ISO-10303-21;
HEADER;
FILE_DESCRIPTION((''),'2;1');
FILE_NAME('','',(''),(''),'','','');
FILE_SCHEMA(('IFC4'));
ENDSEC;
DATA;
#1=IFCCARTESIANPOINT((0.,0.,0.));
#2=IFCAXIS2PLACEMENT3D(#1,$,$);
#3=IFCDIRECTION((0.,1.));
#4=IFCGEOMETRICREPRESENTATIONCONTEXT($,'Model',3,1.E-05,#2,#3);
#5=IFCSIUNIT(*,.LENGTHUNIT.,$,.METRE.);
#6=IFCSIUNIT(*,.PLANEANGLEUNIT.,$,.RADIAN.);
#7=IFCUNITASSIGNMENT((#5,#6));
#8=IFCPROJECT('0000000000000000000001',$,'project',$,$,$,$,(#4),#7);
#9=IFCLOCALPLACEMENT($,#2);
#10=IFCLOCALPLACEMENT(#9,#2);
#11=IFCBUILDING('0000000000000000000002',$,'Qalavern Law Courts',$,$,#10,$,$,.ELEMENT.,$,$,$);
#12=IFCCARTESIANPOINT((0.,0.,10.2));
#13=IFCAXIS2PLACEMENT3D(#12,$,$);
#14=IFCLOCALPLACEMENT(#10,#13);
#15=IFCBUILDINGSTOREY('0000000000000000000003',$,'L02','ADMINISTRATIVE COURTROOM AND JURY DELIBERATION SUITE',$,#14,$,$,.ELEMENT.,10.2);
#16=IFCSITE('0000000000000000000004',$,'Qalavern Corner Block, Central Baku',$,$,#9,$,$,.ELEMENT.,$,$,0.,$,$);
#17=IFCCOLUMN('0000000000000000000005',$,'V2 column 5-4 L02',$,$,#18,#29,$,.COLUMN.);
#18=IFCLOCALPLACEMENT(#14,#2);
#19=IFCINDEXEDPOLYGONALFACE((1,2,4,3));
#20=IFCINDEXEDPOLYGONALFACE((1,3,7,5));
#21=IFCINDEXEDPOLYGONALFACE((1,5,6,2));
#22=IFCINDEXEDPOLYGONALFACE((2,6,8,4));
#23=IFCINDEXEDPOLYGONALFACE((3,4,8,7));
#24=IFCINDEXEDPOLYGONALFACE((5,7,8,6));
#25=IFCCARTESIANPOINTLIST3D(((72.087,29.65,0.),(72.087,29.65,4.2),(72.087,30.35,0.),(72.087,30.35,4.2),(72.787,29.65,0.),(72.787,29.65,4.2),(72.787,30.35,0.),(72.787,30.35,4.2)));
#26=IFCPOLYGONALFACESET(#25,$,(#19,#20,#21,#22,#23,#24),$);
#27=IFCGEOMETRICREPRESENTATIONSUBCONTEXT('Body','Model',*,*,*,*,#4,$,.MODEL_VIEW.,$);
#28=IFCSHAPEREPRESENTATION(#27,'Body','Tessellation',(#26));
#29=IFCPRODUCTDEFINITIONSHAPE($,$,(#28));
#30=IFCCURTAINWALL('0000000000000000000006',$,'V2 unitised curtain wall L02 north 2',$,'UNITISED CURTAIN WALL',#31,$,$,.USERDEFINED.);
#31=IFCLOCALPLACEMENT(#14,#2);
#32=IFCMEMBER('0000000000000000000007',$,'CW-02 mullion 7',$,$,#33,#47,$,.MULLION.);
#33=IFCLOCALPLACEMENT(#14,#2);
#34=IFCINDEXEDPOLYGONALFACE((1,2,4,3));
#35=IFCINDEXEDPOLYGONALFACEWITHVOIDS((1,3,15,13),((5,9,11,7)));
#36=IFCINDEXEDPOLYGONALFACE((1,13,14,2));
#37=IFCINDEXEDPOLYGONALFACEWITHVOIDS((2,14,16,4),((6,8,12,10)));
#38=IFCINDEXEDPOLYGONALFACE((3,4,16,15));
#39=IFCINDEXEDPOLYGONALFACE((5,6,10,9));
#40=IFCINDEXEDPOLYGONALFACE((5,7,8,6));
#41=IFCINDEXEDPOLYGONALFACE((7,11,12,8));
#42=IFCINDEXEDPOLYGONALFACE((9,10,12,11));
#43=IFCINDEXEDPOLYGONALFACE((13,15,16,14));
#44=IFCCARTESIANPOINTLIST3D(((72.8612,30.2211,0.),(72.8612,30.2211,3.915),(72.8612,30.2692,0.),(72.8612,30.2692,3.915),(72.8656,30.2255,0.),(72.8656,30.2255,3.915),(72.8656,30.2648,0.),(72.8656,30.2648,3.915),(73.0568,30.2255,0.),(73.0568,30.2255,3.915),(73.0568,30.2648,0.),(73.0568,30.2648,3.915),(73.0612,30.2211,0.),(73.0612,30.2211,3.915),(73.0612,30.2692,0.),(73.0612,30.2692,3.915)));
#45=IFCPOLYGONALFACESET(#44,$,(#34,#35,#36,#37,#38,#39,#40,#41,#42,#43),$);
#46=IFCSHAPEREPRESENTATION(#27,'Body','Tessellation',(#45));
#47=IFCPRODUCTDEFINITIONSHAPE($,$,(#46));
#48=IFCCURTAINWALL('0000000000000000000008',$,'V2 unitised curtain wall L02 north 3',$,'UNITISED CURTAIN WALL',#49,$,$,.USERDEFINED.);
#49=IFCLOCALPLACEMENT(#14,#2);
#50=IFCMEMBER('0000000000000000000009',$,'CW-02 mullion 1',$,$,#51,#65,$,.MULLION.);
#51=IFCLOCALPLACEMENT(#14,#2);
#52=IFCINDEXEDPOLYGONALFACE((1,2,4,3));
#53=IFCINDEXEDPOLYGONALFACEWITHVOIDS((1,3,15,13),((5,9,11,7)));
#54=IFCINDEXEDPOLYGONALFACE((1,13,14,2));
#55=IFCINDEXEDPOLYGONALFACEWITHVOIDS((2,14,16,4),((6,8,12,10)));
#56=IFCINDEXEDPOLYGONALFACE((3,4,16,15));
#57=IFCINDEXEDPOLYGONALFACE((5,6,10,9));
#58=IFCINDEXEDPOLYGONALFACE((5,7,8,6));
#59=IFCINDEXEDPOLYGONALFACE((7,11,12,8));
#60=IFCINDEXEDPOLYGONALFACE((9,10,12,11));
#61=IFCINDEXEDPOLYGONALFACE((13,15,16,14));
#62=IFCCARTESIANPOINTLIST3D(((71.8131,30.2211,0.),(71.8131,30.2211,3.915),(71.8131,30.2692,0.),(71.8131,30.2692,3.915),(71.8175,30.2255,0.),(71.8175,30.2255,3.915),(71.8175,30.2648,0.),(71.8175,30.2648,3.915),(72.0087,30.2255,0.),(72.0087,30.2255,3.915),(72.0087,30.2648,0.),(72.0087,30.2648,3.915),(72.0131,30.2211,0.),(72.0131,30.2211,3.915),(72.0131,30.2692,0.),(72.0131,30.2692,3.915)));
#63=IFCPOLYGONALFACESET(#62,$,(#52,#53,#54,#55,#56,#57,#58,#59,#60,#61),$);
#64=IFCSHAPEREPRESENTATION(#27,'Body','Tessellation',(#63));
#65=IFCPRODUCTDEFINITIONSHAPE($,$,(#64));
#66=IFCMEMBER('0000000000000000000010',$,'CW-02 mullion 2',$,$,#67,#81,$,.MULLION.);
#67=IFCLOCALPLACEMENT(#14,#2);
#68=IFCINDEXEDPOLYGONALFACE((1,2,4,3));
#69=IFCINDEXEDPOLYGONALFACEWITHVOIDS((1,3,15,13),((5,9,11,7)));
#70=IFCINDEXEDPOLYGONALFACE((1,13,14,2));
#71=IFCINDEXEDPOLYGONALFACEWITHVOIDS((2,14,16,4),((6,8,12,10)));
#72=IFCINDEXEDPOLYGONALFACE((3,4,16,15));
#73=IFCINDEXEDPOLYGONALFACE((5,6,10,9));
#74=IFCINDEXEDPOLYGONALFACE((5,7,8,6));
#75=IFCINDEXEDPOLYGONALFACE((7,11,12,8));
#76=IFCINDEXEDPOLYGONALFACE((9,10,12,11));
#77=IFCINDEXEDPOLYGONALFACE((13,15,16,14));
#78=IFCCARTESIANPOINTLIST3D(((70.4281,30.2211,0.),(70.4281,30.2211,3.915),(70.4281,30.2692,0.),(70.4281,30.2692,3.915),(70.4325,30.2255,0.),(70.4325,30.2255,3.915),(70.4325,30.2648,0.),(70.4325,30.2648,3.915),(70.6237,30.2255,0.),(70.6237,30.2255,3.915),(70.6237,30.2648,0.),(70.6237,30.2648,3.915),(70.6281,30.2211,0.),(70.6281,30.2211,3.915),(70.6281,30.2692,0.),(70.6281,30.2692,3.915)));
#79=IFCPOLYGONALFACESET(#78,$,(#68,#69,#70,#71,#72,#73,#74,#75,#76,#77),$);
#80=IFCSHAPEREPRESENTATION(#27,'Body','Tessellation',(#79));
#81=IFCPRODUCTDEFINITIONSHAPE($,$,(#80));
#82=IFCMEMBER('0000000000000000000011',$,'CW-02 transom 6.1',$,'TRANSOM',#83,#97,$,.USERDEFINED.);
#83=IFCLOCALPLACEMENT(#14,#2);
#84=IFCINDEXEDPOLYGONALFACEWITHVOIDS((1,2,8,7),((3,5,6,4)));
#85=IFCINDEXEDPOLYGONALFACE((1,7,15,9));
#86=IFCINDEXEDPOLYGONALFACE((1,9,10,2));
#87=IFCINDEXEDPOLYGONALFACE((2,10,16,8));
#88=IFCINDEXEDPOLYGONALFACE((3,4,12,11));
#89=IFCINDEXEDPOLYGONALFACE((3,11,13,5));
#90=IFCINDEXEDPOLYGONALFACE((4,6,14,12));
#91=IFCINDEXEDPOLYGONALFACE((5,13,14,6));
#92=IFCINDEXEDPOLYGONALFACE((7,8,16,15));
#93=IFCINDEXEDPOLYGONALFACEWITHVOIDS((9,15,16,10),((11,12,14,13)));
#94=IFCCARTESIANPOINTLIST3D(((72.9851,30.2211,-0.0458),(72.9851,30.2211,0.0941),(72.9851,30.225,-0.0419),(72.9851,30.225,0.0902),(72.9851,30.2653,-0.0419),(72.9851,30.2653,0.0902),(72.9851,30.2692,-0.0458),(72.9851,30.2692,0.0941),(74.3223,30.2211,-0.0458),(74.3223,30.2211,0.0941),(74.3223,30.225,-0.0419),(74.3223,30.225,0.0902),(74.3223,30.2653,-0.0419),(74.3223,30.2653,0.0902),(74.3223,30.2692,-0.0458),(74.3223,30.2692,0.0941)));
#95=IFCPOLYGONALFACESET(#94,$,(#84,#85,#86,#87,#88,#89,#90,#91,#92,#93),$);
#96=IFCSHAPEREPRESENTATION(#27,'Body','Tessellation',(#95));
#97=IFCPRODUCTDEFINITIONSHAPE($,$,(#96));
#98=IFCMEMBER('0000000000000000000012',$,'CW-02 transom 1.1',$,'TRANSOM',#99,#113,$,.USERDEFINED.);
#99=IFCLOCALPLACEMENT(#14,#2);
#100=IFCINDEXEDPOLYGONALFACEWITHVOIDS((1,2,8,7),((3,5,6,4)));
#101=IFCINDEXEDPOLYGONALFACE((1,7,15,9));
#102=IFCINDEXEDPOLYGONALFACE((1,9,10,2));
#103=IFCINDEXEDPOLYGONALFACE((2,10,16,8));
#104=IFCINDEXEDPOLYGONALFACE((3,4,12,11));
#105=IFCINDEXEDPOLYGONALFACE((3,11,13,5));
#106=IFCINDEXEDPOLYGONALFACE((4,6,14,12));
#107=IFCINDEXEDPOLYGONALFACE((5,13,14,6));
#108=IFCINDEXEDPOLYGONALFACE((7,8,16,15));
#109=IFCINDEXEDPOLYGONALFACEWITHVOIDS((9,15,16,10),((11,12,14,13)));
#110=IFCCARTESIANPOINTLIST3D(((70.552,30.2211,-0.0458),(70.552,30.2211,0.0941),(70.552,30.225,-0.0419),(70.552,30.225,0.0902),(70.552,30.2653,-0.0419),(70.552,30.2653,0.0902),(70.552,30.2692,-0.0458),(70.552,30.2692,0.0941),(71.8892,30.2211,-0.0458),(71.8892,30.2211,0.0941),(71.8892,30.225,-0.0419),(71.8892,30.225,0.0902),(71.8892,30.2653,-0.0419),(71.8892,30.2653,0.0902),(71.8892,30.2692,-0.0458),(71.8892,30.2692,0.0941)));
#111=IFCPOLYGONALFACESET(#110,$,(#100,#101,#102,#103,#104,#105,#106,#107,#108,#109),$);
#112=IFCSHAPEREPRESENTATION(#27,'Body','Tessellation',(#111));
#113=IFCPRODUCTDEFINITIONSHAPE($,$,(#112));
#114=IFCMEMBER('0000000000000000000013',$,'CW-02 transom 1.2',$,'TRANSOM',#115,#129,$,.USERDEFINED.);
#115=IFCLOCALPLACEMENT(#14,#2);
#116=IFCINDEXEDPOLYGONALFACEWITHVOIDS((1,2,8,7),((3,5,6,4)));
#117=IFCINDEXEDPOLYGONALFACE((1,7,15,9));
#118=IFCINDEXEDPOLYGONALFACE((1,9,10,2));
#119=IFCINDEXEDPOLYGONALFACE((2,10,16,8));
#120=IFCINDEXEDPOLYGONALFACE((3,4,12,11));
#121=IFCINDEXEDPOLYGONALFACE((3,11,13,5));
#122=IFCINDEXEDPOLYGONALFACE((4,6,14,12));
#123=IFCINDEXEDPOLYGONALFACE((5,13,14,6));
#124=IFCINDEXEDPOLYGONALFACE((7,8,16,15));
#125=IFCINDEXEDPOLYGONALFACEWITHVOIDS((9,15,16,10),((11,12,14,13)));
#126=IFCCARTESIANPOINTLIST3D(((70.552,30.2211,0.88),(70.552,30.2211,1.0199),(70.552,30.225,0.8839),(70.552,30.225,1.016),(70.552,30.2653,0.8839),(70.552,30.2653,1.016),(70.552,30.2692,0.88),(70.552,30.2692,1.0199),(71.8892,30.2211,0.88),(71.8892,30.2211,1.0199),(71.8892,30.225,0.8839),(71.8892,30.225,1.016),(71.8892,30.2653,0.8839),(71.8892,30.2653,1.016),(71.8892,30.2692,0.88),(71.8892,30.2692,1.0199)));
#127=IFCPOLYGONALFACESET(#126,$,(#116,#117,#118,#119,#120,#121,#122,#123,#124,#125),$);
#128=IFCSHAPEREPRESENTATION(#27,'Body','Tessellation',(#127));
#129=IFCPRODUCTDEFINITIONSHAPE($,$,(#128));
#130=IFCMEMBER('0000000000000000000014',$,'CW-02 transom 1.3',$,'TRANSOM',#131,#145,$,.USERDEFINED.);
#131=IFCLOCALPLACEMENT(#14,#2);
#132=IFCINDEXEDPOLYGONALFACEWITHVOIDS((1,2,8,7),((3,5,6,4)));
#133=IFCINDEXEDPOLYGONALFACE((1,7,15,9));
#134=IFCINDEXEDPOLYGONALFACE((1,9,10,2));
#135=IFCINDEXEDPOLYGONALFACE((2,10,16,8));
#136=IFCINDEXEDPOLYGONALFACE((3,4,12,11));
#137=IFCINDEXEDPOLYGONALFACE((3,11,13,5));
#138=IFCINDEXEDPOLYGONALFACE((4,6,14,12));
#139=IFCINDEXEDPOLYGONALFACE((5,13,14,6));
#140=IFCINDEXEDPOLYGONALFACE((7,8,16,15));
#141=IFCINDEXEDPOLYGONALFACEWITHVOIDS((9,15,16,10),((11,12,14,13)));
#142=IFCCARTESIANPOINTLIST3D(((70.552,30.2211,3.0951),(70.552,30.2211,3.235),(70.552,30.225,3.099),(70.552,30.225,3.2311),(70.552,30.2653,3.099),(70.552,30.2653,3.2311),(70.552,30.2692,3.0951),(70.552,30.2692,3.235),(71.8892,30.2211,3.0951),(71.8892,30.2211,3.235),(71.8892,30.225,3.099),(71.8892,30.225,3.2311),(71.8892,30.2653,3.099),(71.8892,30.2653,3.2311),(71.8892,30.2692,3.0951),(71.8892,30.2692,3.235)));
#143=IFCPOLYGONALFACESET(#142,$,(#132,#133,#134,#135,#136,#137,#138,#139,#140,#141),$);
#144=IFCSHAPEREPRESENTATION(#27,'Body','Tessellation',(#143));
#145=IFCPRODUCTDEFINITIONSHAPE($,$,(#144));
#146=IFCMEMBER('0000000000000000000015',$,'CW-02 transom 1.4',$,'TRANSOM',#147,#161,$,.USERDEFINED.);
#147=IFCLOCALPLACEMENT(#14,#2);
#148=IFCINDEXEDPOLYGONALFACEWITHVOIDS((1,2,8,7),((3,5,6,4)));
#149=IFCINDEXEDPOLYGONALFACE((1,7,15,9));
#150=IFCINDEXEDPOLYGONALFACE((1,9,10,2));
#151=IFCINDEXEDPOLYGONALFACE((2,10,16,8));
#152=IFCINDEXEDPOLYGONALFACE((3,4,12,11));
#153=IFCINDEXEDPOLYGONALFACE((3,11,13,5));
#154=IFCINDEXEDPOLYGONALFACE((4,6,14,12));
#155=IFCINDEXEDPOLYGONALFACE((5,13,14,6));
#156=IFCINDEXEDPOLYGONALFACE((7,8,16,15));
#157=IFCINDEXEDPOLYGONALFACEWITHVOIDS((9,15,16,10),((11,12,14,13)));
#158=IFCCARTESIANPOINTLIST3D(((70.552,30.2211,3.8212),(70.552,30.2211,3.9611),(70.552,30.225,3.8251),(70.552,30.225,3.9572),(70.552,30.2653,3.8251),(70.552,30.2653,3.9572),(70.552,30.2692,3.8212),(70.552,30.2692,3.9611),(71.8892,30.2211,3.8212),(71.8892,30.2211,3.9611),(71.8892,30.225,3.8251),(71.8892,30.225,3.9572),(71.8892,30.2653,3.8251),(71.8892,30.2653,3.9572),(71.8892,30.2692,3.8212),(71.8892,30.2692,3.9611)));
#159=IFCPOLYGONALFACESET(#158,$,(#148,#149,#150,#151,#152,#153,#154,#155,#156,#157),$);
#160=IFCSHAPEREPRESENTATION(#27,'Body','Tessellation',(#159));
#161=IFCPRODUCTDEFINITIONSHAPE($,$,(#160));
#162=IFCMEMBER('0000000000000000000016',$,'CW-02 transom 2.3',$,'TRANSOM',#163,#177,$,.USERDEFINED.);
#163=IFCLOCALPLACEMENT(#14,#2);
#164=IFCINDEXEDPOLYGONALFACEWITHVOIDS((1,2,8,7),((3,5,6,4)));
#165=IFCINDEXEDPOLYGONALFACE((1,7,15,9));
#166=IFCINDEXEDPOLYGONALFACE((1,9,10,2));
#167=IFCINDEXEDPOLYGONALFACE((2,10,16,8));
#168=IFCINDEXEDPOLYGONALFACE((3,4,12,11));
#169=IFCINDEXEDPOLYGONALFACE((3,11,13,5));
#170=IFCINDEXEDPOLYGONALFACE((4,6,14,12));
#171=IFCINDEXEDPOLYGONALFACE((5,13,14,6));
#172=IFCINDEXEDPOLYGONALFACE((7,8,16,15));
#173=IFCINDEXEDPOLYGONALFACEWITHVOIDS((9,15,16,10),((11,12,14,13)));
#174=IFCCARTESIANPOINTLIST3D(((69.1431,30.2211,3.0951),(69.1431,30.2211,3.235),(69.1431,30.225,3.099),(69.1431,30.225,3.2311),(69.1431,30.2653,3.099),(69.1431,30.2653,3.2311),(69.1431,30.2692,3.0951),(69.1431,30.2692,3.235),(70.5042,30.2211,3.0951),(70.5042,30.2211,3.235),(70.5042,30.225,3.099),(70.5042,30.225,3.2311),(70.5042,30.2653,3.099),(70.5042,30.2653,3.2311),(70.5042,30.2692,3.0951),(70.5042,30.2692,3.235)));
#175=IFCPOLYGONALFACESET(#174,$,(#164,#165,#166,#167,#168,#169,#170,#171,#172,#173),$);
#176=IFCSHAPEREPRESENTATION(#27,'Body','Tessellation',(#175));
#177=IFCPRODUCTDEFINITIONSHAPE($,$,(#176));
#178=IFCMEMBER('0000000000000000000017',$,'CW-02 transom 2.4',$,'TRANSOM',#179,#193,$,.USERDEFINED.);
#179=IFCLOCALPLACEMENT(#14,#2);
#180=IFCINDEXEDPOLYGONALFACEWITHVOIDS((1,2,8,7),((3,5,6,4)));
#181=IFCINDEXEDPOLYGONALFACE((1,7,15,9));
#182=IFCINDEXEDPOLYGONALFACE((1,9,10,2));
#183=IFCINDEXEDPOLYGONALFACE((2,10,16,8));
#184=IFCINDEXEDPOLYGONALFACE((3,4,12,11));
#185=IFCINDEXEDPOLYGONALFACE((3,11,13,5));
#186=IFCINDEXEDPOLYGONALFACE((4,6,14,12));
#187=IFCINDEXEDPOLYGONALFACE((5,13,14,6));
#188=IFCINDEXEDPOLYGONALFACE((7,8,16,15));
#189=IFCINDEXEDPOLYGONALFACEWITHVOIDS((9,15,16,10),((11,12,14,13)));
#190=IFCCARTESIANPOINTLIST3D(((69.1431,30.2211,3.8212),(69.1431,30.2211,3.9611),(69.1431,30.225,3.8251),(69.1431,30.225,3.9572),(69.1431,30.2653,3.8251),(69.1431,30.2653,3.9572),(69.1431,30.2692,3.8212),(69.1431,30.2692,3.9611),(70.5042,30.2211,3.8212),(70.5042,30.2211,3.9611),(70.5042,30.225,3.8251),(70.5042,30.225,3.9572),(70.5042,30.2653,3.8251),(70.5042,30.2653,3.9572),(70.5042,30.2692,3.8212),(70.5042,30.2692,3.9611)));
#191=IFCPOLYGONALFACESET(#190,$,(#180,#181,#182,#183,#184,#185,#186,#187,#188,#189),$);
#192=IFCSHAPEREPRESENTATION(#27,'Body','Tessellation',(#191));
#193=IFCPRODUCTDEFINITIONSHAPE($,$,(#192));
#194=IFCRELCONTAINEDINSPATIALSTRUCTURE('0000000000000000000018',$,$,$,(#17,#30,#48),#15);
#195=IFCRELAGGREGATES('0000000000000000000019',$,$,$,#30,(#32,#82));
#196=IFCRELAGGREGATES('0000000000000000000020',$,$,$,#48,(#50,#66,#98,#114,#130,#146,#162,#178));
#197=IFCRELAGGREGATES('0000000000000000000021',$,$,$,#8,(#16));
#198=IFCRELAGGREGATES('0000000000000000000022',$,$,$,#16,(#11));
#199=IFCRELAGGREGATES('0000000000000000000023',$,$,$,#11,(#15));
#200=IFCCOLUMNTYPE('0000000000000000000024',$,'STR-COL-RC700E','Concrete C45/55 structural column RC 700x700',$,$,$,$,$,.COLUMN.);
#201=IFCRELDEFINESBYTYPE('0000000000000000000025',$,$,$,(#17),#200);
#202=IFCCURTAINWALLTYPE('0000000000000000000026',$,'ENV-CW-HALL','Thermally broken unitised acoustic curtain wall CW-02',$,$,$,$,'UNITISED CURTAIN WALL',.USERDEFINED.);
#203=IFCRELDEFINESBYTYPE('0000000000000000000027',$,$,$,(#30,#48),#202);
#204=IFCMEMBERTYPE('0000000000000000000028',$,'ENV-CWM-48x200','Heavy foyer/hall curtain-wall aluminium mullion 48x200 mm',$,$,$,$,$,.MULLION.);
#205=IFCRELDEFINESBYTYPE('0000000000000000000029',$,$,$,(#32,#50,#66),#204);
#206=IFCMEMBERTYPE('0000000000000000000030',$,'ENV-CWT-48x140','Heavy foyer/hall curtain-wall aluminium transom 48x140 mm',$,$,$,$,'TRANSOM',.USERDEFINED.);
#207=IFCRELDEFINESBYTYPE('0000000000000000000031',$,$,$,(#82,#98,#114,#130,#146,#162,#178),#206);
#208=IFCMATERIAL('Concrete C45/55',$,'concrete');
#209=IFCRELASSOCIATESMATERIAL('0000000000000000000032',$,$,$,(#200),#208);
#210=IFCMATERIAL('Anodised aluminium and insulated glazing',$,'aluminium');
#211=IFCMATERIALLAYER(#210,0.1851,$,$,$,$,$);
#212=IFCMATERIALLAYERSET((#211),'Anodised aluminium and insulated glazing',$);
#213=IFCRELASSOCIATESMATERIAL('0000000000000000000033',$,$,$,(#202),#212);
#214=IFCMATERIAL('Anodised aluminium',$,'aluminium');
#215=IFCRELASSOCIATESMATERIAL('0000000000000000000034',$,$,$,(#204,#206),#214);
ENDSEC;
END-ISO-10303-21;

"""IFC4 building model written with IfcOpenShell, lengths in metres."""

from ifc_helpers import new_model, si_unit, direction, frame, origin, origin_2d, place, context, subcontext, project, spatial, rectangle, hollow_rectangle, extrude, material, layer, layer_set, material_profile, profile_set, type_object, element, aggregate, save


model = new_model("IFC4")

# Units and contexts
model_context = context("Model", 3, precision=1e-05, world=origin(), true_north=direction((0.0, 1.0)))
body_context = subcontext(model_context, "Body", "Model", "MODEL_VIEW")
ifc_project = project(units=[si_unit("LENGTHUNIT", "METRE"), si_unit("PLANEANGLEUNIT", "RADIAN")], contexts=[model_context])

# Site, building, storey
site_placement = place(None, origin())
site = spatial("IfcSite", under=ifc_project, at=site_placement, Name="Qalavern Corner Block, Central Baku", CompositionType="ELEMENT", RefElevation=0.0)
building_placement = place(site_placement, origin())
building = spatial("IfcBuilding", under=site, at=building_placement, Name="Qalavern Law Courts", CompositionType="ELEMENT")
storey_placement = place(building_placement, frame((0.0, 0.0, 10.2)))
storey = spatial("IfcBuildingStorey", under=building, at=storey_placement, Name="L02", Description="ADMINISTRATIVE COURTROOM AND JURY DELIBERATION SUITE", CompositionType="ELEMENT", Elevation=10.2)

# Column
ifc_material_1 = material(Name="Concrete C45/55", Category="concrete")
ifc_material_profile_1 = material_profile(ifc_material_1, rectangle(XDim=0.7, YDim=0.7, at=origin_2d()), Name="RC 700x700")
ifc_profile_set_1 = profile_set([ifc_material_profile_1], Name="Concrete C45/55")
column_type = type_object("IfcColumnType", Name="STR-COL-RC700E", Description="Concrete C45/55 structural column RC 700x700", PredefinedType="COLUMN", material=ifc_profile_set_1)
column_placement = place(storey_placement, frame((72.437, 30.0, 0.0), z_axis=(0.0, 0.0, 1.0), x_axis=(1.0, 0.0, 0.0)))
element("IfcColumn", 1, at=column_placement, inside=storey, type_object=column_type, Name="V2 column 5-4 L02", PredefinedType="COLUMN", context=body_context, shape_type="SweptSolid", body=[
    extrude(rectangle(XDim=0.7, YDim=0.7, at=origin_2d()), origin(), (0.0, 0.0, 1.0), 4.2),
])

# Curtain wall, member
ifc_material_2 = material(Name="Anodised aluminium and insulated glazing", Category="aluminium")
ifc_layer_1 = layer(ifc_material_2, 0.1851)
ifc_layer_set_1 = layer_set([ifc_layer_1], Name="Anodised aluminium and insulated glazing")
curtain_wall_type = type_object("IfcCurtainWallType", Name="ENV-CW-HALL", Description="Thermally broken unitised acoustic curtain wall CW-02", ElementType="UNITISED CURTAIN WALL", PredefinedType="USERDEFINED", material=ifc_layer_set_1)
curtain_wall_1_placement = place(storey_placement, origin())
curtain_wall_1 = element("IfcCurtainWall", 2, at=curtain_wall_1_placement, inside=storey, type_object=curtain_wall_type, Name="V2 unitised curtain wall L02 north 2", ObjectType="UNITISED CURTAIN WALL", PredefinedType="USERDEFINED")
ifc_material_3 = material(Name="Anodised aluminium", Category="aluminium")
ifc_material_profile_2 = material_profile(ifc_material_3, hollow_rectangle(XDim=0.0481, YDim=0.2, WallThickness=0.0044, at=origin_2d()), Name="ALU MULLION 48x200")
ifc_profile_set_2 = profile_set([ifc_material_profile_2], Name="Anodised aluminium")
member_type_1 = type_object("IfcMemberType", Name="ENV-CWM-48x200", Description="Heavy foyer/hall curtain-wall aluminium mullion 48x200 mm", PredefinedType="MULLION", material=ifc_profile_set_2)
member_1_placement = place(storey_placement, frame((72.9612, 30.2451, 0.0), z_axis=(0.0, 0.0, 1.0), x_axis=(0.0, -1.0, 0.0)))
member_1 = element("IfcMember", 3, at=member_1_placement, type_object=member_type_1, Name="CW-02 mullion 7", PredefinedType="MULLION", context=body_context, shape_type="SweptSolid", body=[
    extrude(hollow_rectangle(XDim=0.0481, YDim=0.2, WallThickness=0.0044, at=origin_2d()), origin(), (0.0, 0.0, 1.0), 3.915),
])

# Curtain wall, members
curtain_wall_2_placement = place(storey_placement, origin())
curtain_wall_2 = element("IfcCurtainWall", 4, at=curtain_wall_2_placement, inside=storey, type_object=curtain_wall_type, Name="V2 unitised curtain wall L02 north 3", ObjectType="UNITISED CURTAIN WALL", PredefinedType="USERDEFINED")
member_2_placement = place(storey_placement, frame((71.9131, 30.2451, 0.0), z_axis=(0.0, 0.0, 1.0), x_axis=(0.0, -1.0, 0.0)))
member_2 = element("IfcMember", 5, at=member_2_placement, type_object=member_type_1, Name="CW-02 mullion 1", PredefinedType="MULLION", context=body_context, shape_type="SweptSolid", body=[
    extrude(hollow_rectangle(XDim=0.0481, YDim=0.2, WallThickness=0.0044, at=origin_2d()), origin(), (0.0, 0.0, 1.0), 3.915),
])
member_3_placement = place(storey_placement, frame((70.5281, 30.2451, 0.0), z_axis=(0.0, 0.0, 1.0), x_axis=(0.0, -1.0, 0.0)))
member_3 = element("IfcMember", 6, at=member_3_placement, type_object=member_type_1, Name="CW-02 mullion 2", PredefinedType="MULLION", context=body_context, shape_type="SweptSolid", body=[
    extrude(hollow_rectangle(XDim=0.0481, YDim=0.2, WallThickness=0.0044, at=origin_2d()), origin(), (0.0, 0.0, 1.0), 3.915),
])

# Members
ifc_material_profile_3 = material_profile(ifc_material_3, hollow_rectangle(XDim=0.0481, YDim=0.1399, WallThickness=0.0039, at=origin_2d()), Name="ALU TRANSOM 48x140")
ifc_profile_set_3 = profile_set([ifc_material_profile_3], Name="Anodised aluminium")
member_type_2 = type_object("IfcMemberType", Name="ENV-CWT-48x140", Description="Heavy foyer/hall curtain-wall aluminium transom 48x140 mm", ElementType="TRANSOM", PredefinedType="USERDEFINED", material=ifc_profile_set_3)
member_4_placement = place(storey_placement, frame((74.3223, 30.2451, 0.0242), z_axis=(-1.0, 0.0, 0.0), x_axis=(0.0, -1.0, 0.0)))
member_4 = element("IfcMember", 7, at=member_4_placement, type_object=member_type_2, Name="CW-02 transom 6.1", ObjectType="TRANSOM", PredefinedType="USERDEFINED", context=body_context, shape_type="SweptSolid", body=[
    extrude(hollow_rectangle(XDim=0.0481, YDim=0.1399, WallThickness=0.0039, at=origin_2d()), origin(), (0.0, 0.0, 1.0), 1.3372),
])
member_5_placement = place(storey_placement, frame((71.8892, 30.2451, 0.0242), z_axis=(-1.0, 0.0, 0.0), x_axis=(0.0, -1.0, 0.0)))
member_5 = element("IfcMember", 8, at=member_5_placement, type_object=member_type_2, Name="CW-02 transom 1.1", ObjectType="TRANSOM", PredefinedType="USERDEFINED", context=body_context, shape_type="SweptSolid", body=[
    extrude(hollow_rectangle(XDim=0.0481, YDim=0.1399, WallThickness=0.0039, at=origin_2d()), origin(), (0.0, 0.0, 1.0), 1.3372),
])
member_6_placement = place(storey_placement, frame((71.8892, 30.2451, 0.95), z_axis=(-1.0, 0.0, 0.0), x_axis=(0.0, -1.0, 0.0)))
member_6 = element("IfcMember", 9, at=member_6_placement, type_object=member_type_2, Name="CW-02 transom 1.2", ObjectType="TRANSOM", PredefinedType="USERDEFINED", context=body_context, shape_type="SweptSolid", body=[
    extrude(hollow_rectangle(XDim=0.0481, YDim=0.1399, WallThickness=0.0039, at=origin_2d()), origin(), (0.0, 0.0, 1.0), 1.3372),
])
member_7_placement = place(storey_placement, frame((71.8892, 30.2451, 3.165), z_axis=(-1.0, 0.0, 0.0), x_axis=(0.0, -1.0, 0.0)))
member_7 = element("IfcMember", 10, at=member_7_placement, type_object=member_type_2, Name="CW-02 transom 1.3", ObjectType="TRANSOM", PredefinedType="USERDEFINED", context=body_context, shape_type="SweptSolid", body=[
    extrude(hollow_rectangle(XDim=0.0481, YDim=0.1399, WallThickness=0.0039, at=origin_2d()), origin(), (0.0, 0.0, 1.0), 1.3372),
])
member_8_placement = place(storey_placement, frame((71.8892, 30.2451, 3.8911), z_axis=(-1.0, 0.0, 0.0), x_axis=(0.0, -1.0, 0.0)))
member_8 = element("IfcMember", 11, at=member_8_placement, type_object=member_type_2, Name="CW-02 transom 1.4", ObjectType="TRANSOM", PredefinedType="USERDEFINED", context=body_context, shape_type="SweptSolid", body=[
    extrude(hollow_rectangle(XDim=0.0481, YDim=0.1399, WallThickness=0.0039, at=origin_2d()), origin(), (0.0, 0.0, 1.0), 1.3372),
])
member_9_placement = place(storey_placement, frame((70.5042, 30.2451, 3.165), z_axis=(-1.0, 0.0, 0.0), x_axis=(0.0, -1.0, 0.0)))
member_9 = element("IfcMember", 12, at=member_9_placement, type_object=member_type_2, Name="CW-02 transom 2.3", ObjectType="TRANSOM", PredefinedType="USERDEFINED", context=body_context, shape_type="SweptSolid", body=[
    extrude(hollow_rectangle(XDim=0.0481, YDim=0.1399, WallThickness=0.0039, at=origin_2d()), origin(), (0.0, 0.0, 1.0), 1.3611),
])
member_10_placement = place(storey_placement, frame((70.5042, 30.2451, 3.8911), z_axis=(-1.0, 0.0, 0.0), x_axis=(0.0, -1.0, 0.0)))
member_10 = element("IfcMember", 13, at=member_10_placement, type_object=member_type_2, Name="CW-02 transom 2.4", ObjectType="TRANSOM", PredefinedType="USERDEFINED", context=body_context, shape_type="SweptSolid", body=[
    extrude(hollow_rectangle(XDim=0.0481, YDim=0.1399, WallThickness=0.0039, at=origin_2d()), origin(), (0.0, 0.0, 1.0), 1.3611),
])

aggregate(curtain_wall_1, [member_1, member_4])
aggregate(curtain_wall_2, [member_2, member_3, member_5, member_6, member_7, member_8, member_9, member_10])

save(model, "model.ifc")
